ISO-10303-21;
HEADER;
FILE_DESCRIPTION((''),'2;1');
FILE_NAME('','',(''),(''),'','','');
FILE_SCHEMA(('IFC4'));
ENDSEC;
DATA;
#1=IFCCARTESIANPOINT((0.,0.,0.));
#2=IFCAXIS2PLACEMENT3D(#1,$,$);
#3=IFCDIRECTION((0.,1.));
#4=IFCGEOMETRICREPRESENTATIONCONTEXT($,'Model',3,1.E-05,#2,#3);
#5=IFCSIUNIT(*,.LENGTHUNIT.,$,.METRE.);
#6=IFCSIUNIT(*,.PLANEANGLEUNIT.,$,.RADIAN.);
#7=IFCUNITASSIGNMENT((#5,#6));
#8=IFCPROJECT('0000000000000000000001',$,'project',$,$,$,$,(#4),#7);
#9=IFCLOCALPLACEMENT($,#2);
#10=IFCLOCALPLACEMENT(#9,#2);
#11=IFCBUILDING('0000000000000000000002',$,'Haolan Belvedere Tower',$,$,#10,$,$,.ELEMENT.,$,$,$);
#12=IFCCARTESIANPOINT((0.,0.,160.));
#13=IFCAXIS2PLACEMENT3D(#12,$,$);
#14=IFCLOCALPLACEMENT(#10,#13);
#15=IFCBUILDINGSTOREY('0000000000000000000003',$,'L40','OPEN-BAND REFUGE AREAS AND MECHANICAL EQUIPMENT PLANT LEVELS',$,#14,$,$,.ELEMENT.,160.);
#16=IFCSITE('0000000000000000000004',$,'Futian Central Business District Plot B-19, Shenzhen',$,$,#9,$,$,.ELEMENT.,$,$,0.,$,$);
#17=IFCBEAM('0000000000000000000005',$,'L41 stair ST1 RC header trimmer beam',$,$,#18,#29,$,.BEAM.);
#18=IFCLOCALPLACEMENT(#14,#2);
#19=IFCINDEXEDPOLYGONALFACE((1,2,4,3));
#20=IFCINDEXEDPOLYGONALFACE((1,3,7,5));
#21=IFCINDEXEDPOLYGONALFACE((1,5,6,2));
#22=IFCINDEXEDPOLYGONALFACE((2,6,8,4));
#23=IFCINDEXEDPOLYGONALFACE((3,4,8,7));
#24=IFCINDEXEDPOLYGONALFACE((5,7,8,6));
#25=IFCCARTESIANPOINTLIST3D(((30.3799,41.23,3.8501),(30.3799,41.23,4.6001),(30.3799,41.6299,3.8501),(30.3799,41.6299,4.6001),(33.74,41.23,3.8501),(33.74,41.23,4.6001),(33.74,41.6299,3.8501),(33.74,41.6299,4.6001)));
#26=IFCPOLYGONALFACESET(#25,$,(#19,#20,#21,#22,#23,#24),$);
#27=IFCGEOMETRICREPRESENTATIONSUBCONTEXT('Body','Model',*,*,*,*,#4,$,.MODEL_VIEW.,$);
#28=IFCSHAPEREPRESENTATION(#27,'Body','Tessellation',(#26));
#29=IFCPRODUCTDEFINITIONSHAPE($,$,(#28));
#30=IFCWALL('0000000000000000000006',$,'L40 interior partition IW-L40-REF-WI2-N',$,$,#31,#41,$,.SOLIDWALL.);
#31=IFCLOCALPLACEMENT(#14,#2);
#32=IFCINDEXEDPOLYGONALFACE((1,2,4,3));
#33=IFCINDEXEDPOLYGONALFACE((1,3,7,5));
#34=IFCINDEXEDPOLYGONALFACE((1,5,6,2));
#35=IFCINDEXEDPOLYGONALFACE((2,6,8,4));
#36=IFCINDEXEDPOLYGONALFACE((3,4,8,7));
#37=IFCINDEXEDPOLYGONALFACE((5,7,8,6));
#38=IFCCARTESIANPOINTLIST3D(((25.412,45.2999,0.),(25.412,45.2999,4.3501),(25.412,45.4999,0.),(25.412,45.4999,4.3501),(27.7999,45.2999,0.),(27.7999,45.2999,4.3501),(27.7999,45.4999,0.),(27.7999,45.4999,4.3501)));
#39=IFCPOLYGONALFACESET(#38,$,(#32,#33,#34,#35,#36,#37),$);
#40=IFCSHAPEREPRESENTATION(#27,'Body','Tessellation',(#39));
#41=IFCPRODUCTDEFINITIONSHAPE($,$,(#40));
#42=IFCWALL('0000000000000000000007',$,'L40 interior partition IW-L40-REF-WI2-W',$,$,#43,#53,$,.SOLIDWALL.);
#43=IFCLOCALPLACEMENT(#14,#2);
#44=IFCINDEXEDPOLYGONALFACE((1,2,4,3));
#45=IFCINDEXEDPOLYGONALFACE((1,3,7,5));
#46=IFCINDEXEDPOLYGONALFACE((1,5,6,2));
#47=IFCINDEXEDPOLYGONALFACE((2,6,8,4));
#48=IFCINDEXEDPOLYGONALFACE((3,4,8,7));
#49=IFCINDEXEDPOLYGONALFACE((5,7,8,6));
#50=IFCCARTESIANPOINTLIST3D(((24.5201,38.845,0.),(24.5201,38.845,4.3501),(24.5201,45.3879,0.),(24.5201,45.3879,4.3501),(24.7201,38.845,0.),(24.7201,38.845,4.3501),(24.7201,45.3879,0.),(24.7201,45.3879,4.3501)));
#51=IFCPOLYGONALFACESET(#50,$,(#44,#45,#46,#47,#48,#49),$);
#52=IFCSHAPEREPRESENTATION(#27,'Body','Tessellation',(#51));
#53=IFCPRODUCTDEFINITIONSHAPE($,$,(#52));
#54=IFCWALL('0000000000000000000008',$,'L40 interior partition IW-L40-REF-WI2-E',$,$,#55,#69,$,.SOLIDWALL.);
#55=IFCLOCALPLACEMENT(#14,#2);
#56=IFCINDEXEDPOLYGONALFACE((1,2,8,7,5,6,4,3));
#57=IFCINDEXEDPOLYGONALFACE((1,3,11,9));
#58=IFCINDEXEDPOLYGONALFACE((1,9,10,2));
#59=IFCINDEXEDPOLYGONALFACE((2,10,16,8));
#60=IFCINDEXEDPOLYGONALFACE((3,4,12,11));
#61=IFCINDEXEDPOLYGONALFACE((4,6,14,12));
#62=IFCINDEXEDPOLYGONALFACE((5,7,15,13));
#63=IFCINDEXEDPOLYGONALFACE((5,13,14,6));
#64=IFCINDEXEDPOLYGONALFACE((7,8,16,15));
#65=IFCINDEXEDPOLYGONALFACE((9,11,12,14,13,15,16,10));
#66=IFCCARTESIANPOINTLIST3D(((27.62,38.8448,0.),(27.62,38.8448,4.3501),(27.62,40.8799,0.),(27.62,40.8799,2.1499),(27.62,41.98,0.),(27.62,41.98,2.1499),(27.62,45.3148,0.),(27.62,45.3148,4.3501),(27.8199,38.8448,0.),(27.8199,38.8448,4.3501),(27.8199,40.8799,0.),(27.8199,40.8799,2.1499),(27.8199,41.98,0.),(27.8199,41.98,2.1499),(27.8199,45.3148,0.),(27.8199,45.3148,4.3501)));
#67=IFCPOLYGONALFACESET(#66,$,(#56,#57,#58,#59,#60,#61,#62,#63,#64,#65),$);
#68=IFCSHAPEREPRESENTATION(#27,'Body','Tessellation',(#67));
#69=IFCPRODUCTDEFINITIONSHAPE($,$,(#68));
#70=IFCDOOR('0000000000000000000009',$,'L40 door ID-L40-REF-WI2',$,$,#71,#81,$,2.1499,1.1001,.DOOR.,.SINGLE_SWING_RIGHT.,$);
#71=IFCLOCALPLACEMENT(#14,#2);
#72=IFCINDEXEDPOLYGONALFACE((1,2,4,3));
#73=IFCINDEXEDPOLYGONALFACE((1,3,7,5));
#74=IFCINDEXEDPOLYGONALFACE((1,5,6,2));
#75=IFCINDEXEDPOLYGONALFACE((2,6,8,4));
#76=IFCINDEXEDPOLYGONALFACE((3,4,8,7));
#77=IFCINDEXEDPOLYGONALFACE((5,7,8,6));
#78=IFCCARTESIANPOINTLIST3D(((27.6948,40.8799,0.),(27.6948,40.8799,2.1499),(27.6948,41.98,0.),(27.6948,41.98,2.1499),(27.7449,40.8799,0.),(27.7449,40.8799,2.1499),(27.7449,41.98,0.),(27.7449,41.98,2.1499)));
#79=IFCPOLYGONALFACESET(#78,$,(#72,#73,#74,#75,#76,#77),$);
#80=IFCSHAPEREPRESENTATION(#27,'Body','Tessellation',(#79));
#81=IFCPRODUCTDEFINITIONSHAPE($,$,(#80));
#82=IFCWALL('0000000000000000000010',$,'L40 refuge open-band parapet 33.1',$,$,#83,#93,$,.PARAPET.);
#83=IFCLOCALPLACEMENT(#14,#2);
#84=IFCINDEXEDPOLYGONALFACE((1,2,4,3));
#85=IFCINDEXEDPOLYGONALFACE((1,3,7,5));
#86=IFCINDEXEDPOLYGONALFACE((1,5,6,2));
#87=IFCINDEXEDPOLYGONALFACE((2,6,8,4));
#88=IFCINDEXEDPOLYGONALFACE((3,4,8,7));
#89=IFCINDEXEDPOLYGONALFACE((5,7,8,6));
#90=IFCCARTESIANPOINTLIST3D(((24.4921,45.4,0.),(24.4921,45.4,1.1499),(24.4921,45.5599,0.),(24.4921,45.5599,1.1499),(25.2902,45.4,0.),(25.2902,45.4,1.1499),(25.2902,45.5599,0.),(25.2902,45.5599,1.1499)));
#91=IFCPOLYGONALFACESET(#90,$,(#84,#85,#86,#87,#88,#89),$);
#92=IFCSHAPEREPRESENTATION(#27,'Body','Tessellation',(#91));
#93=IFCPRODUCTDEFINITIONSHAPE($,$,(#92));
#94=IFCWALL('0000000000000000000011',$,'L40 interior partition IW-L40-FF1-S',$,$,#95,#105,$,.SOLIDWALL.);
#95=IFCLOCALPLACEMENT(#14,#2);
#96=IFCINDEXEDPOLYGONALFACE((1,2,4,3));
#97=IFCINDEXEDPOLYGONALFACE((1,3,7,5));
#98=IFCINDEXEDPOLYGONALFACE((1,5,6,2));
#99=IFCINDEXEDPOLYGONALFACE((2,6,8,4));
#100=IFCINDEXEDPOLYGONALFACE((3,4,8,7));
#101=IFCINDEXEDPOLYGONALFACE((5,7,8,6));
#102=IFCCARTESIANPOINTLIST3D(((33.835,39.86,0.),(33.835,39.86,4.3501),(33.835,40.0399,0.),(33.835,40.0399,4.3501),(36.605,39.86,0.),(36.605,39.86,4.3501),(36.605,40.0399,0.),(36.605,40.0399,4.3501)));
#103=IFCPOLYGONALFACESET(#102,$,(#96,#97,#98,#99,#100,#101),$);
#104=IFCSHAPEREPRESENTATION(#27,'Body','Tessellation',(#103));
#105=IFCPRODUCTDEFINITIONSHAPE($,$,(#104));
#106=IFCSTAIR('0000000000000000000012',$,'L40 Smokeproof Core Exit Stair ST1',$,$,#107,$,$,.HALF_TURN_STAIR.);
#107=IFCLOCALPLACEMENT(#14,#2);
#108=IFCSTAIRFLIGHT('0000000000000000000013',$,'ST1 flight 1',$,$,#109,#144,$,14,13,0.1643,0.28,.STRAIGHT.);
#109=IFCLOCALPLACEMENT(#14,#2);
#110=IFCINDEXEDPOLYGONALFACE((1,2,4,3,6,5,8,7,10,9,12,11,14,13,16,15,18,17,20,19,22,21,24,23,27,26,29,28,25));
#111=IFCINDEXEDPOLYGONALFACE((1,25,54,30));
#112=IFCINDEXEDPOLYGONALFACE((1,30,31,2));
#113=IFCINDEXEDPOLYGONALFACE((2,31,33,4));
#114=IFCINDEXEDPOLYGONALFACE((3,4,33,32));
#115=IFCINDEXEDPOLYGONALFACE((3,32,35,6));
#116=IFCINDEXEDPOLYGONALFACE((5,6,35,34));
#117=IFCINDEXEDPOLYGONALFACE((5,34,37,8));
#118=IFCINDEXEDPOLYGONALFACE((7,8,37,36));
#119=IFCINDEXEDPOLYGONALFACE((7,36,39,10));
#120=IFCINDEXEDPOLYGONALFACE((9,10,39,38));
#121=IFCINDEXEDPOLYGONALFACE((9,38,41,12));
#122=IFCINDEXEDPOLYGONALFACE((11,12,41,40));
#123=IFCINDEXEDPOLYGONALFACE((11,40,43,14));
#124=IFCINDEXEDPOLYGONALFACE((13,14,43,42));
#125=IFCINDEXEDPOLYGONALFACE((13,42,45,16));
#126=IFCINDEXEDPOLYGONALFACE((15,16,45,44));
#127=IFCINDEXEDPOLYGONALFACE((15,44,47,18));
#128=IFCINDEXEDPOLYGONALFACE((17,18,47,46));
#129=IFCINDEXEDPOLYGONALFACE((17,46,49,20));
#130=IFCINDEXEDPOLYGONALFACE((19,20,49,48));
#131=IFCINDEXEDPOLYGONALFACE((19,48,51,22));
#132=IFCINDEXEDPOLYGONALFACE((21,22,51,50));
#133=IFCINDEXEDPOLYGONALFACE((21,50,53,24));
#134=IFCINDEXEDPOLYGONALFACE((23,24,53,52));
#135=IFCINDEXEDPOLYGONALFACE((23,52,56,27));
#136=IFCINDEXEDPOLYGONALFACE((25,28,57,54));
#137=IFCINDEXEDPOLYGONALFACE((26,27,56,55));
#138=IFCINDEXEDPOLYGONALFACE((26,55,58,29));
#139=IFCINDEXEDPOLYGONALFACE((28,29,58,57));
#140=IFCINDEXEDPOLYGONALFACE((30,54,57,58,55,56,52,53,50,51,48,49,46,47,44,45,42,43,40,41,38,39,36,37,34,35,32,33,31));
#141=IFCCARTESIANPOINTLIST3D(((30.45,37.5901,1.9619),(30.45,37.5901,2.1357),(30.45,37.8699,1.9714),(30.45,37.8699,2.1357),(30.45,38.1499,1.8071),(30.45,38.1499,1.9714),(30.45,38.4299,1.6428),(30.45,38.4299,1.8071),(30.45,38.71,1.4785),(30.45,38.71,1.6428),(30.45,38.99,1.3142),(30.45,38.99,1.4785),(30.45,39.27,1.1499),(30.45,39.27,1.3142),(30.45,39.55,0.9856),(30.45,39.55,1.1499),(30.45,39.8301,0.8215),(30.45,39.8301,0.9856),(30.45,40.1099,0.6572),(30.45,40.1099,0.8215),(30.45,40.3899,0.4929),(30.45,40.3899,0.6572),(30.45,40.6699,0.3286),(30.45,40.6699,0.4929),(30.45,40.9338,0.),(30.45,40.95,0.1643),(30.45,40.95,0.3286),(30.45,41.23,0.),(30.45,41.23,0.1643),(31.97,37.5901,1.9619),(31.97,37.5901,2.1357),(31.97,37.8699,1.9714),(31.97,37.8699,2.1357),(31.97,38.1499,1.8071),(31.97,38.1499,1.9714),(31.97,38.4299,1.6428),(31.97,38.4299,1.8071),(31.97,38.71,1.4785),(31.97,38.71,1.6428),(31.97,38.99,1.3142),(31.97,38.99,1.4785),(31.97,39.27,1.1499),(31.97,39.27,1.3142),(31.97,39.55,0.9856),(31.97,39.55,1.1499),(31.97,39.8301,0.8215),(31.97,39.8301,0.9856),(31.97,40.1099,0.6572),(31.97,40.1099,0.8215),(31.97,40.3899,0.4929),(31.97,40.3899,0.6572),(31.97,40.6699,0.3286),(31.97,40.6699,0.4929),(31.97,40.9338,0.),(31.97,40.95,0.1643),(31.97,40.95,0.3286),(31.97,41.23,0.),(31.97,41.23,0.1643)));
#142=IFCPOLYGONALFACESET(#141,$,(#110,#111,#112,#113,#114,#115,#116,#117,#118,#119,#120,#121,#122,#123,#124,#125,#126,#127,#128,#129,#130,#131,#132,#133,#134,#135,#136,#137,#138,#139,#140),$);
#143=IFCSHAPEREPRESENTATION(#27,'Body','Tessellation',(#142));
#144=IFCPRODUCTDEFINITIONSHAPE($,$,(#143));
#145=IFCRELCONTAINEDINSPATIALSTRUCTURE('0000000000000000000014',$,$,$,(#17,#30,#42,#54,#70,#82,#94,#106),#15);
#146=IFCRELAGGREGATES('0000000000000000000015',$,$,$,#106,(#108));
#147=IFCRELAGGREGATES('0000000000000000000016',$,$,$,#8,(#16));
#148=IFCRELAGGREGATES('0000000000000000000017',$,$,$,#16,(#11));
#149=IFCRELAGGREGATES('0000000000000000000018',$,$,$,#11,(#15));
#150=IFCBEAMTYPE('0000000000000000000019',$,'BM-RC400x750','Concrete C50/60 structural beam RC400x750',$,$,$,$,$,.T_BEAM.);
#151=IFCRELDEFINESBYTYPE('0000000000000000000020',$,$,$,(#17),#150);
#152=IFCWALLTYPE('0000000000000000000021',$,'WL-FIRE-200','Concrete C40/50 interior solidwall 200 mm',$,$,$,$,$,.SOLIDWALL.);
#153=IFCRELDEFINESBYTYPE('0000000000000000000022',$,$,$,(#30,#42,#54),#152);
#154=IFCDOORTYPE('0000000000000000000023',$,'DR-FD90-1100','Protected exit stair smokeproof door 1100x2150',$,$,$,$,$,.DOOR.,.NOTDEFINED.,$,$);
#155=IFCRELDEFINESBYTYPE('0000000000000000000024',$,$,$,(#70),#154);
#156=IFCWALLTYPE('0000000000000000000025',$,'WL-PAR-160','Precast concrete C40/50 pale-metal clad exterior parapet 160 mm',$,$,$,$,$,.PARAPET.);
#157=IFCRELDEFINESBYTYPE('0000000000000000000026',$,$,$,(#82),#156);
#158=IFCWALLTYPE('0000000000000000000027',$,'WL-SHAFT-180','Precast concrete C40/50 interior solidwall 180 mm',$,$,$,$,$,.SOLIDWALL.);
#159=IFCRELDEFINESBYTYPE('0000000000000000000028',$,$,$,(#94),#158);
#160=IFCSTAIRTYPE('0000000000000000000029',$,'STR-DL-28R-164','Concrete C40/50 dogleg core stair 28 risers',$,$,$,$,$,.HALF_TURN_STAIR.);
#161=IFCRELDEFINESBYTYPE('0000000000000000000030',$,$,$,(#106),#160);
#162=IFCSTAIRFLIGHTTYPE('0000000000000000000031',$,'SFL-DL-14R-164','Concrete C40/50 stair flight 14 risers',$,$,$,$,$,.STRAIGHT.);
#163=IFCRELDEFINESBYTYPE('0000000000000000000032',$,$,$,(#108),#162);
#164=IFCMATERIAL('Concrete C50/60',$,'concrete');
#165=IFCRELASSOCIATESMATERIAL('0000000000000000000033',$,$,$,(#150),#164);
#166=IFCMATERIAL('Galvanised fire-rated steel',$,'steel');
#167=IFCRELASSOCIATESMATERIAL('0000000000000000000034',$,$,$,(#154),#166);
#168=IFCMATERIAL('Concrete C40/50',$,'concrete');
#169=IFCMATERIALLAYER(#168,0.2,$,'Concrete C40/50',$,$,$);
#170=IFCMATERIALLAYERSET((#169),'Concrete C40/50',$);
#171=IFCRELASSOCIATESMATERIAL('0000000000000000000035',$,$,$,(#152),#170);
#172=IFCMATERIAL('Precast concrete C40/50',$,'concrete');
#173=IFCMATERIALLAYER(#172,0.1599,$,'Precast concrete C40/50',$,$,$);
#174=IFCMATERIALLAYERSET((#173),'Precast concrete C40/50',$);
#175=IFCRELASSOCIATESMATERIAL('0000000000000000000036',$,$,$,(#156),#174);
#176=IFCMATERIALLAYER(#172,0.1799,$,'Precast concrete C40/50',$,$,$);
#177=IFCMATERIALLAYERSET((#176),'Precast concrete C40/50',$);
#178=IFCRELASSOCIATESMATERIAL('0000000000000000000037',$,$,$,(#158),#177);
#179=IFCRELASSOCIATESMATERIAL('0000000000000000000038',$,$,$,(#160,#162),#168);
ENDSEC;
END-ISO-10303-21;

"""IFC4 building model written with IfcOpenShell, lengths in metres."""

from ifc_helpers import new_model, si_unit, direction, frame, frame_2d, origin, origin_2d, place, context, subcontext, project, spatial, polyline, rectangle, outline, extrude, material, layer, layer_set, material_profile, profile_set, type_object, element, fill, aggregate, save


model = new_model("IFC4")

# Units and contexts
model_context = context("Model", 3, precision=1e-05, world=origin(), true_north=direction((0.0, 1.0)))
body_context = subcontext(model_context, "Body", "Model", "MODEL_VIEW")
ifc_project = project(units=[si_unit("LENGTHUNIT", "METRE"), si_unit("PLANEANGLEUNIT", "RADIAN")], contexts=[model_context])

# Site, building, storey
site_placement = place(None, origin())
site = spatial("IfcSite", under=ifc_project, at=site_placement, Name="Futian Central Business District Plot B-19, Shenzhen", CompositionType="ELEMENT", RefElevation=0.0)
building_placement = place(site_placement, origin())
building = spatial("IfcBuilding", under=site, at=building_placement, Name="Haolan Belvedere Tower", CompositionType="ELEMENT")
storey_placement = place(building_placement, frame((0.0, 0.0, 160.0)))
storey = spatial("IfcBuildingStorey", under=building, at=storey_placement, Name="L40", Description="OPEN-BAND REFUGE AREAS AND MECHANICAL EQUIPMENT PLANT LEVELS", CompositionType="ELEMENT", Elevation=160.0)

# Beam
ifc_material_1 = material(Name="Concrete C50/60", Category="concrete")
ifc_material_profile = material_profile(ifc_material_1, rectangle(XDim=0.3999, YDim=0.75, at=origin_2d()), Name="Concrete C50/60")
ifc_profile_set = profile_set([ifc_material_profile], Name="Concrete C50/60")
beam_type = type_object("IfcBeamType", Name="BM-RC400x750", Description="Concrete C50/60 structural beam RC400x750", PredefinedType="T_BEAM", material=ifc_profile_set)
beam_placement = place(storey_placement, frame((30.3799, 41.4299, 4.2251), z_axis=(1.0, 0.0, 0.0), x_axis=(0.0, 1.0, 0.0)))
element("IfcBeam", 1, at=beam_placement, inside=storey, type_object=beam_type, Name="L41 stair ST1 RC header trimmer beam", PredefinedType="BEAM", context=body_context, shape_type="SweptSolid", body=[
    extrude(rectangle(XDim=0.3999, YDim=0.75, at=origin_2d()), origin(), (0.0, 0.0, 1.0), 3.3601),
])

# Shared definitions
ifc_material_2 = material(Name="Galvanised fire-rated steel", Category="steel")
door_type_1 = type_object("IfcDoorType", Name="DR-FD90-1100", Description="Protected exit stair smokeproof door 1100x2150", OperationType="NOTDEFINED", PredefinedType="DOOR", material=ifc_material_2)

# Shared definitions
ifc_material_3 = material(Name="Concrete C40/50", Category="concrete")
ifc_layer_1 = layer(ifc_material_3, 0.2, Name="Concrete C40/50")
ifc_layer_set_1 = layer_set([ifc_layer_1], Name="Concrete C40/50")
wall_type_1 = type_object("IfcWallType", Name="WL-FIRE-200", Description="Concrete C40/50 interior solidwall 200 mm", PredefinedType="SOLIDWALL", material=ifc_layer_set_1)

# Walls
wall_1_placement = place(storey_placement, frame((25.4121, 45.3999, 0.0), z_axis=(0.0, 0.0, 1.0), x_axis=(1.0, 0.0, 0.0)))
element("IfcWall", 2, at=wall_1_placement, inside=storey, type_object=wall_type_1, Name="L40 interior partition IW-L40-REF-WI2-N", PredefinedType="SOLIDWALL", context=body_context, shape_type="SweptSolid", body=[
    extrude(rectangle(XDim=2.3879, YDim=0.2, at=frame_2d((1.1938, 0.0))), origin(), (0.0, 0.0, 1.0), 4.3501),
])
wall_2_placement = place(storey_placement, frame((24.6201, 38.845, 0.0), z_axis=(0.0, 0.0, 1.0), x_axis=(0.0, 1.0, 0.0)))
element("IfcWall", 3, at=wall_2_placement, inside=storey, type_object=wall_type_1, Name="L40 interior partition IW-L40-REF-WI2-W", PredefinedType="SOLIDWALL", context=body_context, shape_type="SweptSolid", body=[
    extrude(rectangle(XDim=6.543, YDim=0.2, at=frame_2d((3.2715, 0.0))), origin(), (0.0, 0.0, 1.0), 4.3501),
])

# Wall, opening, door
wall_3_placement = place(storey_placement, frame((27.72, 38.845, 0.0), z_axis=(0.0, 0.0, 1.0), x_axis=(0.0, 1.0, 0.0)))
wall_3 = element("IfcWall", 4, at=wall_3_placement, inside=storey, type_object=wall_type_1, Name="L40 interior partition IW-L40-REF-WI2-E", PredefinedType="SOLIDWALL", context=body_context, shape_type="SweptSolid", body=[
    extrude(rectangle(XDim=6.47, YDim=0.2, at=frame_2d((3.2349, 0.0))), origin(), (0.0, 0.0, 1.0), 4.3501),
])
opening_1_placement = place(wall_3_placement, frame((3.135, 0.0, 0.0), z_axis=(0.0, 0.0, 1.0), x_axis=(-1.0, 0.0, 0.0)))
opening_1 = element("IfcOpeningElement", 5, at=opening_1_placement, cuts=wall_3, PredefinedType="OPENING", context=body_context, shape_type="SweptSolid", body=[
    extrude(rectangle(XDim=1.1001, YDim=2.1499, at=frame_2d((0.55, 1.075))), frame((0.0, 0.1099, 0.0), z_axis=(0.0, -1.0, 0.0), x_axis=(1.0, 0.0, 0.0)), (0.0, 0.0, 1.0), 0.22),
])
door_1_placement = place(opening_1_placement, origin())
door_1 = element("IfcDoor", 6, at=door_1_placement, inside=storey, type_object=door_type_1, Name="L40 door ID-L40-REF-WI2", OperationType="SINGLE_SWING_RIGHT", OverallHeight=2.1499, OverallWidth=1.1001, PredefinedType="DOOR", context=body_context, shape_type="SweptSolid", body=[
    extrude(rectangle(XDim=1.1001, YDim=2.1499, at=frame_2d((0.55, 1.075))), frame((0.0, 0.0249, 0.0), z_axis=(0.0, -1.0, 0.0), x_axis=(1.0, 0.0, 0.0)), (0.0, 0.0, 1.0), 0.05),
])
fill(opening_1, door_1)

# Walls
ifc_material_4 = material(Name="Precast concrete C40/50", Category="concrete")
ifc_layer_2 = layer(ifc_material_4, 0.1599, Name="Precast concrete C40/50")
ifc_layer_set_2 = layer_set([ifc_layer_2], Name="Precast concrete C40/50")
wall_type_2 = type_object("IfcWallType", Name="WL-PAR-160", Description="Precast concrete C40/50 pale-metal clad exterior parapet 160 mm", PredefinedType="PARAPET", material=ifc_layer_set_2)
wall_4_placement = place(storey_placement, frame((25.29, 45.48, 0.0), z_axis=(0.0, 0.0, 1.0), x_axis=(-1.0, 0.0, 0.0)))
element("IfcWall", 7, at=wall_4_placement, inside=storey, type_object=wall_type_2, Name="L40 refuge open-band parapet 33.1", PredefinedType="PARAPET", context=body_context, shape_type="SweptSolid", body=[
    extrude(rectangle(XDim=0.7981, YDim=0.1599, at=frame_2d((0.3989, 0.0))), origin(), (0.0, 0.0, 1.0), 1.1499),
])
ifc_layer_3 = layer(ifc_material_4, 0.1799, Name="Precast concrete C40/50")
ifc_layer_set_3 = layer_set([ifc_layer_3], Name="Precast concrete C40/50")
wall_type_3 = type_object("IfcWallType", Name="WL-SHAFT-180", Description="Precast concrete C40/50 interior solidwall 180 mm", PredefinedType="SOLIDWALL", material=ifc_layer_set_3)
wall_5_placement = place(storey_placement, frame((33.835, 39.95, 0.0), z_axis=(0.0, 0.0, 1.0), x_axis=(1.0, 0.0, 0.0)))
element("IfcWall", 8, at=wall_5_placement, inside=storey, type_object=wall_type_3, Name="L40 interior partition IW-L40-FF1-S", PredefinedType="SOLIDWALL", context=body_context, shape_type="SweptSolid", body=[
    extrude(rectangle(XDim=2.77, YDim=0.1799, at=frame_2d((1.385, 0.0))), origin(), (0.0, 0.0, 1.0), 4.3501),
])

# Stair, stair flight
stair_type = type_object("IfcStairType", Name="STR-DL-28R-164", Description="Concrete C40/50 dogleg core stair 28 risers", PredefinedType="HALF_TURN_STAIR", material=ifc_material_3)
stair_placement = place(storey_placement, origin())
stair = element("IfcStair", 9, at=stair_placement, inside=storey, type_object=stair_type, Name="L40 Smokeproof Core Exit Stair ST1", PredefinedType="HALF_TURN_STAIR")
stair_flight_type = type_object("IfcStairFlightType", Name="SFL-DL-14R-164", Description="Concrete C40/50 stair flight 14 risers", PredefinedType="STRAIGHT", material=ifc_material_3)
stair_flight_placement = place(storey_placement, frame((31.21, 41.23, 0.0), z_axis=(0.0, 0.0, 1.0), x_axis=(0.0, -1.0, 0.0)))
stair_flight = element("IfcStairFlight", 10, at=stair_flight_placement, type_object=stair_flight_type, Name="ST1 flight 1", NumberOfRisers=14, NumberOfTreads=13, PredefinedType="STRAIGHT", RiserHeight=0.1643, TreadLength=0.28, context=body_context, shape_type="SweptSolid", body=[
    extrude(outline(polyline([(0.0, 0.0), (0.0, 0.1643), (0.28, 0.1643), (0.28, 0.3286), (0.5601, 0.3286), (0.5601, 0.4929), (0.8401, 0.4929), (0.8401, 0.6572), (1.1201, 0.6572), (1.1201, 0.8215), (1.3999, 0.8215), (1.3999, 0.9856), (1.6799, 0.9856), (1.6799, 1.1499), (1.96, 1.1499), (1.96, 1.3142), (2.24, 1.3142), (2.24, 1.4785), (2.52, 1.4785), (2.52, 1.6428), (2.8, 1.6428), (2.8, 1.8071), (3.0801, 1.8071), (3.0801, 1.9714), (3.3601, 1.9714), (3.3601, 2.1357), (3.6399, 2.1357), (3.6399, 2.3), (3.6399, 1.9619), (0.2961, 0.0), (0.0, 0.0)])), frame((0.0, 0.76, 0.0), z_axis=(0.0, -1.0, 0.0), x_axis=(1.0, 0.0, 0.0)), (0.0, 0.0, 1.0), 1.52),
])
aggregate(stair, [stair_flight])

save(model, "model.ifc")
